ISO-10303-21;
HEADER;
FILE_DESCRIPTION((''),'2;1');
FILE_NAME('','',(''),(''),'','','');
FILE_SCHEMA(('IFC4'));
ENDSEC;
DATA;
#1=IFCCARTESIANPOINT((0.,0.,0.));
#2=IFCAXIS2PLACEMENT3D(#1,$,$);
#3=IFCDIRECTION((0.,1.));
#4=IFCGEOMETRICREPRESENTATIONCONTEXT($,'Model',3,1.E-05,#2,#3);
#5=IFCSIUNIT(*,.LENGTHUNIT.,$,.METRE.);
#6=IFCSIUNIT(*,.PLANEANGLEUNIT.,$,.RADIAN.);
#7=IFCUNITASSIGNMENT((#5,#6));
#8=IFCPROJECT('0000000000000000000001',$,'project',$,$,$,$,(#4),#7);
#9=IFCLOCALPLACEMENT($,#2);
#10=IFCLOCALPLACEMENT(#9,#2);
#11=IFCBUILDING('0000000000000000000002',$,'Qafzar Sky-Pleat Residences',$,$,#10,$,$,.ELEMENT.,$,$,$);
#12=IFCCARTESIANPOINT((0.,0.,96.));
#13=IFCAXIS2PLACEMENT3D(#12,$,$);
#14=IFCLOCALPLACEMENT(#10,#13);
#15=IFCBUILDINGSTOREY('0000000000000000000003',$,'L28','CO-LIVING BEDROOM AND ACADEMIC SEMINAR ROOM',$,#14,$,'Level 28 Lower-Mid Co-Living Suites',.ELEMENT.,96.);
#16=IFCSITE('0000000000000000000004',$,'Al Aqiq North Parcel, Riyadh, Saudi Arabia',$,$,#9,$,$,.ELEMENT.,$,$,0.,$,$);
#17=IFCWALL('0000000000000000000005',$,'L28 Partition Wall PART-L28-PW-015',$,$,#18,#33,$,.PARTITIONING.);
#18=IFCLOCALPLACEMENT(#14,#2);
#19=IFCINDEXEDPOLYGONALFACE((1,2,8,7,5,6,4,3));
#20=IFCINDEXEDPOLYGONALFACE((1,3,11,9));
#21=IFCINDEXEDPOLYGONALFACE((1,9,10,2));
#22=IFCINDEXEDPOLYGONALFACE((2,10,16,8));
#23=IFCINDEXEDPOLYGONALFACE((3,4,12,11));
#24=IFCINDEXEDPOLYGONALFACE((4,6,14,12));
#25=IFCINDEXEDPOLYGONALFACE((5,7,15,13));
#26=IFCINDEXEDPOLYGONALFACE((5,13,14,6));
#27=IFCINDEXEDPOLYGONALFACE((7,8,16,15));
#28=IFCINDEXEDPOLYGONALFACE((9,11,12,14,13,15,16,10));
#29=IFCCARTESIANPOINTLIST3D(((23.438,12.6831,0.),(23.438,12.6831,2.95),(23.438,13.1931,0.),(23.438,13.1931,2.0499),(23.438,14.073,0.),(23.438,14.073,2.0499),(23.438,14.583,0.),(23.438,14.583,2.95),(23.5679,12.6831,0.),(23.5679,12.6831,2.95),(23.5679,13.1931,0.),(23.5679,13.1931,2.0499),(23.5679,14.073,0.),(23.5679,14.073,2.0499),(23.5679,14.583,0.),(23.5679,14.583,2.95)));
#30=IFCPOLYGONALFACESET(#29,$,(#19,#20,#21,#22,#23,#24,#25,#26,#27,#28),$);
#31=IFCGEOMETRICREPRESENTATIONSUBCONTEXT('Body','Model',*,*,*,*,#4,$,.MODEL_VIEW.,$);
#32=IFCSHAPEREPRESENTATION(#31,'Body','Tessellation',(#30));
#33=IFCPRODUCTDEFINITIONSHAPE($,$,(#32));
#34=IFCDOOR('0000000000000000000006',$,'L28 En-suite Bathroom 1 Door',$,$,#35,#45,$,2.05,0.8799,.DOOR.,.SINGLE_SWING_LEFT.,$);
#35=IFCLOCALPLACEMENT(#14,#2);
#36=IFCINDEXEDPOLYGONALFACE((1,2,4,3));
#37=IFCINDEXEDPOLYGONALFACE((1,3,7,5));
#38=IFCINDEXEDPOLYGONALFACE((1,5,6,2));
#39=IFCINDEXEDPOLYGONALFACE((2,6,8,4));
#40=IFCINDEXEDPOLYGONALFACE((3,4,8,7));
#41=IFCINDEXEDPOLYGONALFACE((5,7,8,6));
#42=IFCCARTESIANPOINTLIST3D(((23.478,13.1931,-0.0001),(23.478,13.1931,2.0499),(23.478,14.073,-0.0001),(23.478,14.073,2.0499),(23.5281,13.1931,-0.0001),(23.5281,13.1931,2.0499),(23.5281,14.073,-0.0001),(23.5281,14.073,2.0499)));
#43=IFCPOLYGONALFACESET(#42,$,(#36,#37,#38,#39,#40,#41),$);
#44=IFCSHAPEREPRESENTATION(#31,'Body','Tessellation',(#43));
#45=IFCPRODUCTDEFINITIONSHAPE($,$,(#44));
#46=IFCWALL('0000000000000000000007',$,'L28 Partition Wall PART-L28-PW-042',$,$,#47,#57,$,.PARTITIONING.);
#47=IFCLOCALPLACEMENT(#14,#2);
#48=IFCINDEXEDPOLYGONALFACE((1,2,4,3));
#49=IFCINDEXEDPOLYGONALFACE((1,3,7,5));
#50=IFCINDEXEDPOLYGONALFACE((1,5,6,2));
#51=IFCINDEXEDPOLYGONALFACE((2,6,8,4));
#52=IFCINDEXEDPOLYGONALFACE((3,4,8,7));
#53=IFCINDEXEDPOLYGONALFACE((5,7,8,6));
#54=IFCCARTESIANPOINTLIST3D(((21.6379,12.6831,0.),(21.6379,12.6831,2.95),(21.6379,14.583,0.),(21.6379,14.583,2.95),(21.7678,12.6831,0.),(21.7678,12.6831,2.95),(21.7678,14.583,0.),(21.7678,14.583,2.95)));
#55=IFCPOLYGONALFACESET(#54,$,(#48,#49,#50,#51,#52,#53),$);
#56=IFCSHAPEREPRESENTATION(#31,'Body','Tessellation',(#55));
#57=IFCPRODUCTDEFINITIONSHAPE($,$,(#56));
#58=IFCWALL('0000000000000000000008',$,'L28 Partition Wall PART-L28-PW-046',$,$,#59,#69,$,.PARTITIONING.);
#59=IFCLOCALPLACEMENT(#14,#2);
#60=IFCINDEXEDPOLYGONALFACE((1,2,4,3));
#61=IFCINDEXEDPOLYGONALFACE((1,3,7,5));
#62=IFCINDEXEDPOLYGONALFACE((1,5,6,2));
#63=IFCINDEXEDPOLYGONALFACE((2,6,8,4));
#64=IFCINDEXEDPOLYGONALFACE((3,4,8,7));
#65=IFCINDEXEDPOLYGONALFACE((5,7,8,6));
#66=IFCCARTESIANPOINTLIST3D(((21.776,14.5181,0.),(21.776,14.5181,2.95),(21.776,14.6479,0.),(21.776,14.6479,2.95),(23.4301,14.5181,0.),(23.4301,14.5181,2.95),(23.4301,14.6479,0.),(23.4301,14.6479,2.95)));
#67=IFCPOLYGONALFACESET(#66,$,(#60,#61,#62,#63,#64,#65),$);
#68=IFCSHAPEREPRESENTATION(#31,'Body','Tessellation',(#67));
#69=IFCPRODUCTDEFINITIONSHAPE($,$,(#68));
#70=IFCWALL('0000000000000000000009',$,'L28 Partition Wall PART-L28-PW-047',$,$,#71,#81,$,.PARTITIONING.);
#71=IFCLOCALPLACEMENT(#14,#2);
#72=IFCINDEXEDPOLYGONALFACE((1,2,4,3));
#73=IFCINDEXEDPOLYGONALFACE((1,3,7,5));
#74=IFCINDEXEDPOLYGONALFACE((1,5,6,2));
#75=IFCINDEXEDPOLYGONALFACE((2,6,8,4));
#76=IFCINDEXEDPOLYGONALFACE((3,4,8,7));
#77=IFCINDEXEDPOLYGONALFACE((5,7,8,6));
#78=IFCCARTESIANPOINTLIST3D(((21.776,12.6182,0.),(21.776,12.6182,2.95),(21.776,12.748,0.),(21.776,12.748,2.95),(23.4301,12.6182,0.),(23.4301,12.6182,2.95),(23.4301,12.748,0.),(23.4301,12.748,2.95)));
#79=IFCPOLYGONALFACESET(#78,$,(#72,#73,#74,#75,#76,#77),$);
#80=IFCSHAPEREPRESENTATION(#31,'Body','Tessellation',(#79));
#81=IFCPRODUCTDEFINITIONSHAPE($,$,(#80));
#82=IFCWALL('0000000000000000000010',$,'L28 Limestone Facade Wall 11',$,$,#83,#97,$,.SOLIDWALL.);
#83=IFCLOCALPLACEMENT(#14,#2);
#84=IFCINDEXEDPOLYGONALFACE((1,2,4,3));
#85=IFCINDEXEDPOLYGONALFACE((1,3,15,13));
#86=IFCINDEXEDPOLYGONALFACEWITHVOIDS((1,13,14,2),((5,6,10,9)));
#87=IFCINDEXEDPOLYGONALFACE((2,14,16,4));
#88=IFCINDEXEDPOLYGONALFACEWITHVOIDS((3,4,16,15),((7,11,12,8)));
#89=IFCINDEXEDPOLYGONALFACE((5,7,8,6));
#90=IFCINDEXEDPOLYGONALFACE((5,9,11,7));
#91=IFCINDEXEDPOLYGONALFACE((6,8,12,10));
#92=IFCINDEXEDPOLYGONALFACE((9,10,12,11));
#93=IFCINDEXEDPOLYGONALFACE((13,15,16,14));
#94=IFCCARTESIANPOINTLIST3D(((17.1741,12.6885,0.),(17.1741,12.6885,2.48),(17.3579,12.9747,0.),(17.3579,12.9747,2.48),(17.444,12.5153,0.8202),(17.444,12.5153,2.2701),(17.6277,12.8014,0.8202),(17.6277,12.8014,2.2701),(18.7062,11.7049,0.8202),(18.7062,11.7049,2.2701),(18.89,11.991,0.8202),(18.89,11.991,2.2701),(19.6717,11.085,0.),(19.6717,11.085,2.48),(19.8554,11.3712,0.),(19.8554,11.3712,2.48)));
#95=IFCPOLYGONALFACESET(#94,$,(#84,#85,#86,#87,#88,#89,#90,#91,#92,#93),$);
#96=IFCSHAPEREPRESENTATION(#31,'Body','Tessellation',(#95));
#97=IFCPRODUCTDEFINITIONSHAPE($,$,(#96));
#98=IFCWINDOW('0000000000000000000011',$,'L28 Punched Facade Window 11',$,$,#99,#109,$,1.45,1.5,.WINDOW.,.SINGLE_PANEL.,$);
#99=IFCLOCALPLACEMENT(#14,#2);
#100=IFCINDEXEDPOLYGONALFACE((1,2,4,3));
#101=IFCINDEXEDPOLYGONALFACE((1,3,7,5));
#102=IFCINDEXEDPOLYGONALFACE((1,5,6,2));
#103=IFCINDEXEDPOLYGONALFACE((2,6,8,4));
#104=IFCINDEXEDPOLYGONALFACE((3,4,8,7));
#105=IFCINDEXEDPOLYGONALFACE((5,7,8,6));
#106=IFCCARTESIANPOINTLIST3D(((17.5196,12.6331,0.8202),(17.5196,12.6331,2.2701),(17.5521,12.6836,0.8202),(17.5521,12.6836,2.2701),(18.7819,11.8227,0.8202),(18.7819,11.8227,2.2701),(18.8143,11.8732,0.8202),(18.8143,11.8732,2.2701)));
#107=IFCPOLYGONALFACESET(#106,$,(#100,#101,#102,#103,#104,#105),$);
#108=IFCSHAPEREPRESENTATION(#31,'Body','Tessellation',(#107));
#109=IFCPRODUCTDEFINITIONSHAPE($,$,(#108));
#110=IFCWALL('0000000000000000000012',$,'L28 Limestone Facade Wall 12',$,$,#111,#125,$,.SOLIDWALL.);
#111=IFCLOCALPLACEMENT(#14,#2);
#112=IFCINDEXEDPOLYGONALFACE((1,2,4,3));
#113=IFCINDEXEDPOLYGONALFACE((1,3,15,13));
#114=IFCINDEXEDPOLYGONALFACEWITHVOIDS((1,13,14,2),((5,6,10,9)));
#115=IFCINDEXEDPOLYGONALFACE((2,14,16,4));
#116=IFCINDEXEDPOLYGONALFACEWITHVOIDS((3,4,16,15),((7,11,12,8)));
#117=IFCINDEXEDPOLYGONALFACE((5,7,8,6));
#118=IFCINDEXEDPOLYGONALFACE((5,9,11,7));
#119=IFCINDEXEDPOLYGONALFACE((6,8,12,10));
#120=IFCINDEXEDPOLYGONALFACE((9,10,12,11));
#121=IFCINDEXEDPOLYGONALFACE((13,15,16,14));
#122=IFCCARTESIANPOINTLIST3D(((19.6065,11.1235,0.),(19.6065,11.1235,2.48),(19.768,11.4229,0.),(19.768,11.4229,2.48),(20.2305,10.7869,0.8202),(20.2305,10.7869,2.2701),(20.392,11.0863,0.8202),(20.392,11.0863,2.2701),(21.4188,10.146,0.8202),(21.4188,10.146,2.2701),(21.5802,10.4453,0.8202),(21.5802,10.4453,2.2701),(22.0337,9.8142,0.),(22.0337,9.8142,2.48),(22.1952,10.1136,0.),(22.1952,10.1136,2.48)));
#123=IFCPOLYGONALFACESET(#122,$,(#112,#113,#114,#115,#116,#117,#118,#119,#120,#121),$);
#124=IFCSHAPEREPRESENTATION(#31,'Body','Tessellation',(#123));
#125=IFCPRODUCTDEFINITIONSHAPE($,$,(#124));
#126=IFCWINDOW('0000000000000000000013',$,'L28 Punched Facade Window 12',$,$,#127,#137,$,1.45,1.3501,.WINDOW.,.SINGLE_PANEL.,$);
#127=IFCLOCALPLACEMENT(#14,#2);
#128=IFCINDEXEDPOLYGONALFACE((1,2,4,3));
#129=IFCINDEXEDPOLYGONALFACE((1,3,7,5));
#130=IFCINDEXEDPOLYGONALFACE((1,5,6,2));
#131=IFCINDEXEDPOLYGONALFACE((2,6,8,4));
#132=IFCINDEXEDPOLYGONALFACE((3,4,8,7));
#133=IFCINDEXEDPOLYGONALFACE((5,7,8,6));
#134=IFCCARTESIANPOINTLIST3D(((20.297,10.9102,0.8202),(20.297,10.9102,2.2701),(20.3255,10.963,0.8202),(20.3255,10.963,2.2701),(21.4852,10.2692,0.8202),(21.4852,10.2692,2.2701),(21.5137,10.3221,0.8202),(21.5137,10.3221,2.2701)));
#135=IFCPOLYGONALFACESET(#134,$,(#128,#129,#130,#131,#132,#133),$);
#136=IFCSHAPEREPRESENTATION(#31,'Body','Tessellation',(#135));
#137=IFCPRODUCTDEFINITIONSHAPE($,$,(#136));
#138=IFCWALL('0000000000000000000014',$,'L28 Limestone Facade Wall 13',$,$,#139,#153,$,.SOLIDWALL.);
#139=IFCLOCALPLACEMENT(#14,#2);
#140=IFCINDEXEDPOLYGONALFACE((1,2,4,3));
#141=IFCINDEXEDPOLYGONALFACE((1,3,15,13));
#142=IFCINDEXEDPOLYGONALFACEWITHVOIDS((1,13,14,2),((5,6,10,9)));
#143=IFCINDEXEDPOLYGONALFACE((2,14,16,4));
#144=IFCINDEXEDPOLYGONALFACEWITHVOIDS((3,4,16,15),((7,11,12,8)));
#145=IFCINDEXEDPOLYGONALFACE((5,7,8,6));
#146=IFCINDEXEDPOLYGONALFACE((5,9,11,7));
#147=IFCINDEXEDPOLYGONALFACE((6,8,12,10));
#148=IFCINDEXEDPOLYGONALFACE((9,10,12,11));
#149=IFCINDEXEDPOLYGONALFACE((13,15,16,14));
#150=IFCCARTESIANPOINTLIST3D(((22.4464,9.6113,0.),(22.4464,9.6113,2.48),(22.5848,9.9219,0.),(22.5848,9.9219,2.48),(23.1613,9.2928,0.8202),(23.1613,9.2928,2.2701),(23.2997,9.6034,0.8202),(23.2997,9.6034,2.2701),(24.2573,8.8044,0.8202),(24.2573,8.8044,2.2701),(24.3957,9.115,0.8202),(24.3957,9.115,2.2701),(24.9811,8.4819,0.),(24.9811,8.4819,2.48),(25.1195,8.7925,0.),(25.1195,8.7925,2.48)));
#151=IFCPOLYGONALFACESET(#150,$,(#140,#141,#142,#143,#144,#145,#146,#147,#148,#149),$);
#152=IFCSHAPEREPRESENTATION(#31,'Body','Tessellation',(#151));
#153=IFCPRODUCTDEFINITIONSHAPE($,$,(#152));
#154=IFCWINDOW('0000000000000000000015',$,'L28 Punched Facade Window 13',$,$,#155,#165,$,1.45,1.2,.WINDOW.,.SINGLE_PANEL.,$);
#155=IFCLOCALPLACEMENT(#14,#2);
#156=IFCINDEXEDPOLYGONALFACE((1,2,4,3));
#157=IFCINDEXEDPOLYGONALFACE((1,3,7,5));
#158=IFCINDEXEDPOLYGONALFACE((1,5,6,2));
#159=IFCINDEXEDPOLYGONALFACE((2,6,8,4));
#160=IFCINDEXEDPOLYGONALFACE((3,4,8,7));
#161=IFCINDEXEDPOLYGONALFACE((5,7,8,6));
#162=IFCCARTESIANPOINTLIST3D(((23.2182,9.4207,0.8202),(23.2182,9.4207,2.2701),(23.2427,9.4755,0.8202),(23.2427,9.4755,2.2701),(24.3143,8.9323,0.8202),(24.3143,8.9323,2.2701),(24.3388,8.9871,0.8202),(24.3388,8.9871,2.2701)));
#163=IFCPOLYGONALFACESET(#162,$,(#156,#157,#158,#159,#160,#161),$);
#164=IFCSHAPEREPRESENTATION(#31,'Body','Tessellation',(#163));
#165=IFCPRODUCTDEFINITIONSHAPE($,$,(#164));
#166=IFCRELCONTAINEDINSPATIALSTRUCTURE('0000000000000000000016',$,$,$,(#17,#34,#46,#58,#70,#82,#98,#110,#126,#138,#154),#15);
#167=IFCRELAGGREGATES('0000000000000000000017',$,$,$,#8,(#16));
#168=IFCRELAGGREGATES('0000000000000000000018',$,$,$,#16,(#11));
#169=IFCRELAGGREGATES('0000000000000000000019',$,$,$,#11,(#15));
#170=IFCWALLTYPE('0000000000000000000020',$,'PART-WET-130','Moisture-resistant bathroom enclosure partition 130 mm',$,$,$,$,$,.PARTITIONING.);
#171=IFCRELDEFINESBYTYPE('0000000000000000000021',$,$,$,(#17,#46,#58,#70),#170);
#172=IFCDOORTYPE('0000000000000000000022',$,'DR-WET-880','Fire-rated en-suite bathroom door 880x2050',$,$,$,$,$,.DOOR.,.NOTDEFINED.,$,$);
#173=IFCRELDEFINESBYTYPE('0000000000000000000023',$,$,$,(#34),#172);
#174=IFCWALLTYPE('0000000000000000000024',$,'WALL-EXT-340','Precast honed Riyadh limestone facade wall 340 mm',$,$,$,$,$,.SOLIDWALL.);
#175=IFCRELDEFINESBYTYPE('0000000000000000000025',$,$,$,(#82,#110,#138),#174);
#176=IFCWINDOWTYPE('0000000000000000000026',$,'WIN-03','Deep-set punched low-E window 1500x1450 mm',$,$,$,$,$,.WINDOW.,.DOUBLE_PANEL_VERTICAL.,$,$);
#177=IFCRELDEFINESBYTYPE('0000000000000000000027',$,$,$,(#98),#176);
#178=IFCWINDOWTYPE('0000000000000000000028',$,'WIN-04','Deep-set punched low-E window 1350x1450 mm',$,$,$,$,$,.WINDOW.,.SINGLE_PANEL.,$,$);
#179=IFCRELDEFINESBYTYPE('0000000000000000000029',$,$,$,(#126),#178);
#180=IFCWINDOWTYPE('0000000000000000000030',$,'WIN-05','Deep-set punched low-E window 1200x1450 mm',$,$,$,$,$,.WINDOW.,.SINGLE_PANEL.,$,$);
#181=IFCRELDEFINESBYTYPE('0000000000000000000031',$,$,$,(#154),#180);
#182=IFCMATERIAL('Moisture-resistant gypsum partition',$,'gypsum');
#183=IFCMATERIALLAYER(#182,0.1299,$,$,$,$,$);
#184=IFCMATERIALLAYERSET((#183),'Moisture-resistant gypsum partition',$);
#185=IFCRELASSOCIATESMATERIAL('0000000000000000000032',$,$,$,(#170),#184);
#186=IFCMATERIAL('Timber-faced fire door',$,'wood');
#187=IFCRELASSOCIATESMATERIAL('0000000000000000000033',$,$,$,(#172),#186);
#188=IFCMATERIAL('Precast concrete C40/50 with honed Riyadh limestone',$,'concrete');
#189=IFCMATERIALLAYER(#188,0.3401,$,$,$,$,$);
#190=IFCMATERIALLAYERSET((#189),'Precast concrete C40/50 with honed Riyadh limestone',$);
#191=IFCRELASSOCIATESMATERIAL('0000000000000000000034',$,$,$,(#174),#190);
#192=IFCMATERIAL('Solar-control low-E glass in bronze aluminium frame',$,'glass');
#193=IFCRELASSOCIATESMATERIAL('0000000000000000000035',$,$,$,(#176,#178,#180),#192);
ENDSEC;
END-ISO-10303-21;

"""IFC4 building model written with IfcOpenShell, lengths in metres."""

from ifc_helpers import new_model, si_unit, direction, frame, frame_2d, origin, place, context, subcontext, project, spatial, rectangle, extrude, source, transform, mapped, material, layer, layer_set, type_object, element, fill, save


model = new_model("IFC4")

# Units and contexts
model_context = context("Model", 3, precision=1e-05, world=origin(), true_north=direction((0.0, 1.0)))
body_context = subcontext(model_context, "Body", "Model", "MODEL_VIEW")
ifc_project = project(units=[si_unit("LENGTHUNIT", "METRE"), si_unit("PLANEANGLEUNIT", "RADIAN")], contexts=[model_context])

# Site, building, storey
site_placement = place(None, origin())
site = spatial("IfcSite", under=ifc_project, at=site_placement, Name="Al Aqiq North Parcel, Riyadh, Saudi Arabia", CompositionType="ELEMENT", RefElevation=0.0)
building_placement = place(site_placement, origin())
building = spatial("IfcBuilding", under=site, at=building_placement, Name="Qafzar Sky-Pleat Residences", CompositionType="ELEMENT")
storey_placement = place(building_placement, frame((0.0, 0.0, 96.0)))
storey = spatial("IfcBuildingStorey", under=building, at=storey_placement, Name="L28", Description="CO-LIVING BEDROOM AND ACADEMIC SEMINAR ROOM", LongName="Level 28 Lower-Mid Co-Living Suites", CompositionType="ELEMENT", Elevation=96.0)

# Wall, opening, door
ifc_material_1 = material(Name="Moisture-resistant gypsum partition", Category="gypsum")
ifc_layer_1 = layer(ifc_material_1, 0.1299)
ifc_layer_set_1 = layer_set([ifc_layer_1], Name="Moisture-resistant gypsum partition")
wall_type_1 = type_object("IfcWallType", Name="PART-WET-130", Description="Moisture-resistant bathroom enclosure partition 130 mm", PredefinedType="PARTITIONING", material=ifc_layer_set_1)
wall_1_placement = place(storey_placement, frame((23.5029, 12.6831, 0.0), z_axis=(0.0, 0.0, 1.0), x_axis=(0.0, 1.0, 0.0)))
wall_1 = element("IfcWall", 1, at=wall_1_placement, inside=storey, type_object=wall_type_1, Name="L28 Partition Wall PART-L28-PW-015", PredefinedType="PARTITIONING", context=body_context, shape_type="SweptSolid", body=[
    extrude(rectangle(XDim=1.8999, YDim=0.1299, at=frame_2d((0.95, 0.0))), origin(), (0.0, 0.0, 1.0), 2.95),
])
opening_1_placement = place(wall_1_placement, frame((0.51, 0.0, 0.0)))
opening_1 = element("IfcOpeningElement", 2, at=opening_1_placement, cuts=wall_1, PredefinedType="OPENING", context=body_context, shape_type="SweptSolid", body=[
    extrude(rectangle(XDim=0.8799, YDim=2.05, at=frame_2d((0.4399, 1.0249))), frame((0.0, 0.075, 0.0), z_axis=(0.0, -1.0, 0.0), x_axis=(1.0, 0.0, 0.0)), (0.0, 0.0, 1.0), 0.1499),
])
ifc_material_2 = material(Name="Timber-faced fire door", Category="wood")
door_type = type_object("IfcDoorType", Name="DR-WET-880", Description="Fire-rated en-suite bathroom door 880x2050", OperationType="NOTDEFINED", PredefinedType="DOOR", material=ifc_material_2)
shared_shape_1 = source(origin(), body_context, "Body", "SweptSolid", [
    extrude(rectangle(XDim=0.8799, YDim=2.05, at=frame_2d((0.4399, 1.0249))), frame((0.0, 0.0249, 0.0), z_axis=(0.0, -1.0, 0.0), x_axis=(1.0, 0.0, 0.0)), (0.0, 0.0, 1.0), 0.05),
])
door_placement = place(opening_1_placement, origin())
door = element("IfcDoor", 3, at=door_placement, inside=storey, type_object=door_type, Name="L28 En-suite Bathroom 1 Door", OperationType="SINGLE_SWING_LEFT", OverallHeight=2.05, OverallWidth=0.8799, PredefinedType="DOOR", context=body_context, shape_type="MappedRepresentation", body=[
    mapped(shared_shape_1, transform((0.0, 0.0, 0.0), x_axis=(1.0, 0.0, 0.0), y_axis=(0.0, 1.0, 0.0), z_axis=(0.0, 0.0, 1.0), scale=1.0)),
])
fill(opening_1, door)

# Walls
wall_2_placement = place(storey_placement, frame((21.7029, 12.6831, 0.0), z_axis=(0.0, 0.0, 1.0), x_axis=(0.0, 1.0, 0.0)))
element("IfcWall", 4, at=wall_2_placement, inside=storey, type_object=wall_type_1, Name="L28 Partition Wall PART-L28-PW-042", PredefinedType="PARTITIONING", context=body_context, shape_type="SweptSolid", body=[
    extrude(rectangle(XDim=1.8999, YDim=0.1299, at=frame_2d((0.95, 0.0))), origin(), (0.0, 0.0, 1.0), 2.95),
])
for number, where, z_axis, x_axis, name in (
    (5, (21.7759, 14.583, 0.0), (0.0, 0.0, 1.0), (1.0, 0.0, 0.0), "L28 Partition Wall PART-L28-PW-046"),
    (6, (21.7759, 12.6831, 0.0), (0.0, 0.0, 1.0), (1.0, 0.0, 0.0), "L28 Partition Wall PART-L28-PW-047"),
):
    element("IfcWall", number, at=place(storey_placement, frame(where, z_axis=z_axis, x_axis=x_axis)), inside=storey, type_object=wall_type_1, Name=name, PredefinedType="PARTITIONING", context=body_context, shape_type="SweptSolid", body=[
        extrude(rectangle(XDim=1.6541, YDim=0.1299, at=frame_2d((0.8271, 0.0))), origin(), (0.0, 0.0, 1.0), 2.95),
    ])

# Walls, openings, windows
ifc_material_3 = material(Name="Precast concrete C40/50 with honed Riyadh limestone", Category="concrete")
ifc_layer_2 = layer(ifc_material_3, 0.3401)
ifc_layer_set_2 = layer_set([ifc_layer_2], Name="Precast concrete C40/50 with honed Riyadh limestone")
wall_type_2 = type_object("IfcWallType", Name="WALL-EXT-340", Description="Precast honed Riyadh limestone facade wall 340 mm", PredefinedType="SOLIDWALL", material=ifc_layer_set_2)
wall_3_placement = place(storey_placement, frame((17.2661, 12.8315, 0.0), z_axis=(0.0, 0.0, 1.0), x_axis=(0.841494, -0.540267, 0.0)))
wall_3 = element("IfcWall", 7, at=wall_3_placement, inside=storey, type_object=wall_type_2, Name="L28 Limestone Facade Wall 11", PredefinedType="SOLIDWALL", context=body_context, shape_type="SweptSolid", body=[
    extrude(rectangle(XDim=2.968, YDim=0.3401, at=frame_2d((1.4839, 0.0))), origin(), (0.0, 0.0, 1.0), 2.48),
])
opening_2_placement = place(wall_3_placement, frame((0.3206, 0.0, 0.8201)))
opening_2 = element("IfcOpeningElement", 8, at=opening_2_placement, cuts=wall_3, PredefinedType="OPENING", context=body_context, shape_type="SweptSolid", body=[
    extrude(rectangle(XDim=1.5, YDim=1.45, at=frame_2d((0.75, 0.7251))), frame((0.0, 0.1802, 0.0), z_axis=(0.0, -1.0, 0.0), x_axis=(1.0, 0.0, 0.0)), (0.0, 0.0, 1.0), 0.3601),
])
ifc_material_4 = material(Name="Solar-control low-E glass in bronze aluminium frame", Category="glass")
window_type_1 = type_object("IfcWindowType", Name="WIN-03", Description="Deep-set punched low-E window 1500x1450 mm", PartitioningType="DOUBLE_PANEL_VERTICAL", PredefinedType="WINDOW", material=ifc_material_4)
shared_shape_2 = source(origin(), body_context, "Body", "SweptSolid", [
    extrude(rectangle(XDim=1.5, YDim=1.45, at=frame_2d((0.75, 0.7251))), frame((0.0, 0.03, 0.0), z_axis=(0.0, -1.0, 0.0), x_axis=(1.0, 0.0, 0.0)), (0.0, 0.0, 1.0), 0.0601),
])
window_1_placement = place(opening_2_placement, origin())
window_1 = element("IfcWindow", 9, at=window_1_placement, inside=storey, type_object=window_type_1, Name="L28 Punched Facade Window 11", OverallHeight=1.45, OverallWidth=1.5, PartitioningType="SINGLE_PANEL", PredefinedType="WINDOW", context=body_context, shape_type="MappedRepresentation", body=[
    mapped(shared_shape_2, transform((0.0, 0.0, 0.0), x_axis=(1.0, 0.0, 0.0), y_axis=(0.0, 1.0, 0.0), z_axis=(0.0, 0.0, 1.0), scale=1.0)),
])
fill(opening_2, window_1)
wall_4_placement = place(storey_placement, frame((19.6873, 11.2732, 0.0), z_axis=(0.0, 0.0, 1.0), x_axis=(0.880116, -0.47476, 0.0)))
wall_4 = element("IfcWall", 10, at=wall_4_placement, inside=storey, type_object=wall_type_2, Name="L28 Limestone Facade Wall 12", PredefinedType="SOLIDWALL", context=body_context, shape_type="SweptSolid", body=[
    extrude(rectangle(XDim=2.7578, YDim=0.3401, at=frame_2d((1.3789, 0.0))), origin(), (0.0, 0.0, 1.0), 2.48),
])
opening_3_placement = place(wall_4_placement, frame((0.709, 0.0, 0.8201)))
opening_3 = element("IfcOpeningElement", 11, at=opening_3_placement, cuts=wall_4, PredefinedType="OPENING", context=body_context, shape_type="SweptSolid", body=[
    extrude(rectangle(XDim=1.3501, YDim=1.45, at=frame_2d((0.675, 0.7251))), frame((0.0, 0.1802, 0.0), z_axis=(0.0, -1.0, 0.0), x_axis=(1.0, 0.0, 0.0)), (0.0, 0.0, 1.0), 0.3601),
])
window_type_2 = type_object("IfcWindowType", Name="WIN-04", Description="Deep-set punched low-E window 1350x1450 mm", PartitioningType="SINGLE_PANEL", PredefinedType="WINDOW", material=ifc_material_4)
shared_shape_3 = source(origin(), body_context, "Body", "SweptSolid", [
    extrude(rectangle(XDim=1.3501, YDim=1.45, at=frame_2d((0.675, 0.7251))), frame((0.0, 0.03, 0.0), z_axis=(0.0, -1.0, 0.0), x_axis=(1.0, 0.0, 0.0)), (0.0, 0.0, 1.0), 0.0601),
])
window_2_placement = place(opening_3_placement, origin())
window_2 = element("IfcWindow", 12, at=window_2_placement, inside=storey, type_object=window_type_2, Name="L28 Punched Facade Window 12", OverallHeight=1.45, OverallWidth=1.3501, PartitioningType="SINGLE_PANEL", PredefinedType="WINDOW", context=body_context, shape_type="MappedRepresentation", body=[
    mapped(shared_shape_3, transform((0.0, 0.0, 0.0), x_axis=(1.0, 0.0, 0.0), y_axis=(0.0, 1.0, 0.0), z_axis=(0.0, 0.0, 1.0), scale=1.0)),
])
fill(opening_3, window_2)
wall_5_placement = place(storey_placement, frame((22.5156, 9.7666, 0.0), z_axis=(0.0, 0.0, 1.0), x_axis=(0.913427, -0.407004, 0.0)))
wall_5 = element("IfcWall", 13, at=wall_5_placement, inside=storey, type_object=wall_type_2, Name="L28 Limestone Facade Wall 13", PredefinedType="SOLIDWALL", context=body_context, shape_type="SweptSolid", body=[
    extrude(rectangle(XDim=2.7749, YDim=0.3401, at=frame_2d((1.3875, 0.0))), origin(), (0.0, 0.0, 1.0), 2.48),
])
opening_4_placement = place(wall_5_placement, frame((0.7825, 0.0, 0.8201)))
opening_4 = element("IfcOpeningElement", 14, at=opening_4_placement, cuts=wall_5, PredefinedType="OPENING", context=body_context, shape_type="SweptSolid", body=[
    extrude(rectangle(XDim=1.2, YDim=1.45, at=frame_2d((0.6001, 0.7251))), frame((0.0, 0.1802, 0.0), z_axis=(0.0, -1.0, 0.0), x_axis=(1.0, 0.0, 0.0)), (0.0, 0.0, 1.0), 0.3601),
])
window_type_3 = type_object("IfcWindowType", Name="WIN-05", Description="Deep-set punched low-E window 1200x1450 mm", PartitioningType="SINGLE_PANEL", PredefinedType="WINDOW", material=ifc_material_4)
shared_shape_4 = source(origin(), body_context, "Body", "SweptSolid", [
    extrude(rectangle(XDim=1.2, YDim=1.45, at=frame_2d((0.6001, 0.7251))), frame((0.0, 0.03, 0.0), z_axis=(0.0, -1.0, 0.0), x_axis=(1.0, 0.0, 0.0)), (0.0, 0.0, 1.0), 0.0601),
])
window_3_placement = place(opening_4_placement, origin())
window_3 = element("IfcWindow", 15, at=window_3_placement, inside=storey, type_object=window_type_3, Name="L28 Punched Facade Window 13", OverallHeight=1.45, OverallWidth=1.2, PartitioningType="SINGLE_PANEL", PredefinedType="WINDOW", context=body_context, shape_type="MappedRepresentation", body=[
    mapped(shared_shape_4, transform((0.0, 0.0, 0.0), x_axis=(1.0, 0.0, 0.0), y_axis=(0.0, 1.0, 0.0), z_axis=(0.0, 0.0, 1.0), scale=1.0)),
])
fill(opening_4, window_3)

save(model, "model.ifc")
